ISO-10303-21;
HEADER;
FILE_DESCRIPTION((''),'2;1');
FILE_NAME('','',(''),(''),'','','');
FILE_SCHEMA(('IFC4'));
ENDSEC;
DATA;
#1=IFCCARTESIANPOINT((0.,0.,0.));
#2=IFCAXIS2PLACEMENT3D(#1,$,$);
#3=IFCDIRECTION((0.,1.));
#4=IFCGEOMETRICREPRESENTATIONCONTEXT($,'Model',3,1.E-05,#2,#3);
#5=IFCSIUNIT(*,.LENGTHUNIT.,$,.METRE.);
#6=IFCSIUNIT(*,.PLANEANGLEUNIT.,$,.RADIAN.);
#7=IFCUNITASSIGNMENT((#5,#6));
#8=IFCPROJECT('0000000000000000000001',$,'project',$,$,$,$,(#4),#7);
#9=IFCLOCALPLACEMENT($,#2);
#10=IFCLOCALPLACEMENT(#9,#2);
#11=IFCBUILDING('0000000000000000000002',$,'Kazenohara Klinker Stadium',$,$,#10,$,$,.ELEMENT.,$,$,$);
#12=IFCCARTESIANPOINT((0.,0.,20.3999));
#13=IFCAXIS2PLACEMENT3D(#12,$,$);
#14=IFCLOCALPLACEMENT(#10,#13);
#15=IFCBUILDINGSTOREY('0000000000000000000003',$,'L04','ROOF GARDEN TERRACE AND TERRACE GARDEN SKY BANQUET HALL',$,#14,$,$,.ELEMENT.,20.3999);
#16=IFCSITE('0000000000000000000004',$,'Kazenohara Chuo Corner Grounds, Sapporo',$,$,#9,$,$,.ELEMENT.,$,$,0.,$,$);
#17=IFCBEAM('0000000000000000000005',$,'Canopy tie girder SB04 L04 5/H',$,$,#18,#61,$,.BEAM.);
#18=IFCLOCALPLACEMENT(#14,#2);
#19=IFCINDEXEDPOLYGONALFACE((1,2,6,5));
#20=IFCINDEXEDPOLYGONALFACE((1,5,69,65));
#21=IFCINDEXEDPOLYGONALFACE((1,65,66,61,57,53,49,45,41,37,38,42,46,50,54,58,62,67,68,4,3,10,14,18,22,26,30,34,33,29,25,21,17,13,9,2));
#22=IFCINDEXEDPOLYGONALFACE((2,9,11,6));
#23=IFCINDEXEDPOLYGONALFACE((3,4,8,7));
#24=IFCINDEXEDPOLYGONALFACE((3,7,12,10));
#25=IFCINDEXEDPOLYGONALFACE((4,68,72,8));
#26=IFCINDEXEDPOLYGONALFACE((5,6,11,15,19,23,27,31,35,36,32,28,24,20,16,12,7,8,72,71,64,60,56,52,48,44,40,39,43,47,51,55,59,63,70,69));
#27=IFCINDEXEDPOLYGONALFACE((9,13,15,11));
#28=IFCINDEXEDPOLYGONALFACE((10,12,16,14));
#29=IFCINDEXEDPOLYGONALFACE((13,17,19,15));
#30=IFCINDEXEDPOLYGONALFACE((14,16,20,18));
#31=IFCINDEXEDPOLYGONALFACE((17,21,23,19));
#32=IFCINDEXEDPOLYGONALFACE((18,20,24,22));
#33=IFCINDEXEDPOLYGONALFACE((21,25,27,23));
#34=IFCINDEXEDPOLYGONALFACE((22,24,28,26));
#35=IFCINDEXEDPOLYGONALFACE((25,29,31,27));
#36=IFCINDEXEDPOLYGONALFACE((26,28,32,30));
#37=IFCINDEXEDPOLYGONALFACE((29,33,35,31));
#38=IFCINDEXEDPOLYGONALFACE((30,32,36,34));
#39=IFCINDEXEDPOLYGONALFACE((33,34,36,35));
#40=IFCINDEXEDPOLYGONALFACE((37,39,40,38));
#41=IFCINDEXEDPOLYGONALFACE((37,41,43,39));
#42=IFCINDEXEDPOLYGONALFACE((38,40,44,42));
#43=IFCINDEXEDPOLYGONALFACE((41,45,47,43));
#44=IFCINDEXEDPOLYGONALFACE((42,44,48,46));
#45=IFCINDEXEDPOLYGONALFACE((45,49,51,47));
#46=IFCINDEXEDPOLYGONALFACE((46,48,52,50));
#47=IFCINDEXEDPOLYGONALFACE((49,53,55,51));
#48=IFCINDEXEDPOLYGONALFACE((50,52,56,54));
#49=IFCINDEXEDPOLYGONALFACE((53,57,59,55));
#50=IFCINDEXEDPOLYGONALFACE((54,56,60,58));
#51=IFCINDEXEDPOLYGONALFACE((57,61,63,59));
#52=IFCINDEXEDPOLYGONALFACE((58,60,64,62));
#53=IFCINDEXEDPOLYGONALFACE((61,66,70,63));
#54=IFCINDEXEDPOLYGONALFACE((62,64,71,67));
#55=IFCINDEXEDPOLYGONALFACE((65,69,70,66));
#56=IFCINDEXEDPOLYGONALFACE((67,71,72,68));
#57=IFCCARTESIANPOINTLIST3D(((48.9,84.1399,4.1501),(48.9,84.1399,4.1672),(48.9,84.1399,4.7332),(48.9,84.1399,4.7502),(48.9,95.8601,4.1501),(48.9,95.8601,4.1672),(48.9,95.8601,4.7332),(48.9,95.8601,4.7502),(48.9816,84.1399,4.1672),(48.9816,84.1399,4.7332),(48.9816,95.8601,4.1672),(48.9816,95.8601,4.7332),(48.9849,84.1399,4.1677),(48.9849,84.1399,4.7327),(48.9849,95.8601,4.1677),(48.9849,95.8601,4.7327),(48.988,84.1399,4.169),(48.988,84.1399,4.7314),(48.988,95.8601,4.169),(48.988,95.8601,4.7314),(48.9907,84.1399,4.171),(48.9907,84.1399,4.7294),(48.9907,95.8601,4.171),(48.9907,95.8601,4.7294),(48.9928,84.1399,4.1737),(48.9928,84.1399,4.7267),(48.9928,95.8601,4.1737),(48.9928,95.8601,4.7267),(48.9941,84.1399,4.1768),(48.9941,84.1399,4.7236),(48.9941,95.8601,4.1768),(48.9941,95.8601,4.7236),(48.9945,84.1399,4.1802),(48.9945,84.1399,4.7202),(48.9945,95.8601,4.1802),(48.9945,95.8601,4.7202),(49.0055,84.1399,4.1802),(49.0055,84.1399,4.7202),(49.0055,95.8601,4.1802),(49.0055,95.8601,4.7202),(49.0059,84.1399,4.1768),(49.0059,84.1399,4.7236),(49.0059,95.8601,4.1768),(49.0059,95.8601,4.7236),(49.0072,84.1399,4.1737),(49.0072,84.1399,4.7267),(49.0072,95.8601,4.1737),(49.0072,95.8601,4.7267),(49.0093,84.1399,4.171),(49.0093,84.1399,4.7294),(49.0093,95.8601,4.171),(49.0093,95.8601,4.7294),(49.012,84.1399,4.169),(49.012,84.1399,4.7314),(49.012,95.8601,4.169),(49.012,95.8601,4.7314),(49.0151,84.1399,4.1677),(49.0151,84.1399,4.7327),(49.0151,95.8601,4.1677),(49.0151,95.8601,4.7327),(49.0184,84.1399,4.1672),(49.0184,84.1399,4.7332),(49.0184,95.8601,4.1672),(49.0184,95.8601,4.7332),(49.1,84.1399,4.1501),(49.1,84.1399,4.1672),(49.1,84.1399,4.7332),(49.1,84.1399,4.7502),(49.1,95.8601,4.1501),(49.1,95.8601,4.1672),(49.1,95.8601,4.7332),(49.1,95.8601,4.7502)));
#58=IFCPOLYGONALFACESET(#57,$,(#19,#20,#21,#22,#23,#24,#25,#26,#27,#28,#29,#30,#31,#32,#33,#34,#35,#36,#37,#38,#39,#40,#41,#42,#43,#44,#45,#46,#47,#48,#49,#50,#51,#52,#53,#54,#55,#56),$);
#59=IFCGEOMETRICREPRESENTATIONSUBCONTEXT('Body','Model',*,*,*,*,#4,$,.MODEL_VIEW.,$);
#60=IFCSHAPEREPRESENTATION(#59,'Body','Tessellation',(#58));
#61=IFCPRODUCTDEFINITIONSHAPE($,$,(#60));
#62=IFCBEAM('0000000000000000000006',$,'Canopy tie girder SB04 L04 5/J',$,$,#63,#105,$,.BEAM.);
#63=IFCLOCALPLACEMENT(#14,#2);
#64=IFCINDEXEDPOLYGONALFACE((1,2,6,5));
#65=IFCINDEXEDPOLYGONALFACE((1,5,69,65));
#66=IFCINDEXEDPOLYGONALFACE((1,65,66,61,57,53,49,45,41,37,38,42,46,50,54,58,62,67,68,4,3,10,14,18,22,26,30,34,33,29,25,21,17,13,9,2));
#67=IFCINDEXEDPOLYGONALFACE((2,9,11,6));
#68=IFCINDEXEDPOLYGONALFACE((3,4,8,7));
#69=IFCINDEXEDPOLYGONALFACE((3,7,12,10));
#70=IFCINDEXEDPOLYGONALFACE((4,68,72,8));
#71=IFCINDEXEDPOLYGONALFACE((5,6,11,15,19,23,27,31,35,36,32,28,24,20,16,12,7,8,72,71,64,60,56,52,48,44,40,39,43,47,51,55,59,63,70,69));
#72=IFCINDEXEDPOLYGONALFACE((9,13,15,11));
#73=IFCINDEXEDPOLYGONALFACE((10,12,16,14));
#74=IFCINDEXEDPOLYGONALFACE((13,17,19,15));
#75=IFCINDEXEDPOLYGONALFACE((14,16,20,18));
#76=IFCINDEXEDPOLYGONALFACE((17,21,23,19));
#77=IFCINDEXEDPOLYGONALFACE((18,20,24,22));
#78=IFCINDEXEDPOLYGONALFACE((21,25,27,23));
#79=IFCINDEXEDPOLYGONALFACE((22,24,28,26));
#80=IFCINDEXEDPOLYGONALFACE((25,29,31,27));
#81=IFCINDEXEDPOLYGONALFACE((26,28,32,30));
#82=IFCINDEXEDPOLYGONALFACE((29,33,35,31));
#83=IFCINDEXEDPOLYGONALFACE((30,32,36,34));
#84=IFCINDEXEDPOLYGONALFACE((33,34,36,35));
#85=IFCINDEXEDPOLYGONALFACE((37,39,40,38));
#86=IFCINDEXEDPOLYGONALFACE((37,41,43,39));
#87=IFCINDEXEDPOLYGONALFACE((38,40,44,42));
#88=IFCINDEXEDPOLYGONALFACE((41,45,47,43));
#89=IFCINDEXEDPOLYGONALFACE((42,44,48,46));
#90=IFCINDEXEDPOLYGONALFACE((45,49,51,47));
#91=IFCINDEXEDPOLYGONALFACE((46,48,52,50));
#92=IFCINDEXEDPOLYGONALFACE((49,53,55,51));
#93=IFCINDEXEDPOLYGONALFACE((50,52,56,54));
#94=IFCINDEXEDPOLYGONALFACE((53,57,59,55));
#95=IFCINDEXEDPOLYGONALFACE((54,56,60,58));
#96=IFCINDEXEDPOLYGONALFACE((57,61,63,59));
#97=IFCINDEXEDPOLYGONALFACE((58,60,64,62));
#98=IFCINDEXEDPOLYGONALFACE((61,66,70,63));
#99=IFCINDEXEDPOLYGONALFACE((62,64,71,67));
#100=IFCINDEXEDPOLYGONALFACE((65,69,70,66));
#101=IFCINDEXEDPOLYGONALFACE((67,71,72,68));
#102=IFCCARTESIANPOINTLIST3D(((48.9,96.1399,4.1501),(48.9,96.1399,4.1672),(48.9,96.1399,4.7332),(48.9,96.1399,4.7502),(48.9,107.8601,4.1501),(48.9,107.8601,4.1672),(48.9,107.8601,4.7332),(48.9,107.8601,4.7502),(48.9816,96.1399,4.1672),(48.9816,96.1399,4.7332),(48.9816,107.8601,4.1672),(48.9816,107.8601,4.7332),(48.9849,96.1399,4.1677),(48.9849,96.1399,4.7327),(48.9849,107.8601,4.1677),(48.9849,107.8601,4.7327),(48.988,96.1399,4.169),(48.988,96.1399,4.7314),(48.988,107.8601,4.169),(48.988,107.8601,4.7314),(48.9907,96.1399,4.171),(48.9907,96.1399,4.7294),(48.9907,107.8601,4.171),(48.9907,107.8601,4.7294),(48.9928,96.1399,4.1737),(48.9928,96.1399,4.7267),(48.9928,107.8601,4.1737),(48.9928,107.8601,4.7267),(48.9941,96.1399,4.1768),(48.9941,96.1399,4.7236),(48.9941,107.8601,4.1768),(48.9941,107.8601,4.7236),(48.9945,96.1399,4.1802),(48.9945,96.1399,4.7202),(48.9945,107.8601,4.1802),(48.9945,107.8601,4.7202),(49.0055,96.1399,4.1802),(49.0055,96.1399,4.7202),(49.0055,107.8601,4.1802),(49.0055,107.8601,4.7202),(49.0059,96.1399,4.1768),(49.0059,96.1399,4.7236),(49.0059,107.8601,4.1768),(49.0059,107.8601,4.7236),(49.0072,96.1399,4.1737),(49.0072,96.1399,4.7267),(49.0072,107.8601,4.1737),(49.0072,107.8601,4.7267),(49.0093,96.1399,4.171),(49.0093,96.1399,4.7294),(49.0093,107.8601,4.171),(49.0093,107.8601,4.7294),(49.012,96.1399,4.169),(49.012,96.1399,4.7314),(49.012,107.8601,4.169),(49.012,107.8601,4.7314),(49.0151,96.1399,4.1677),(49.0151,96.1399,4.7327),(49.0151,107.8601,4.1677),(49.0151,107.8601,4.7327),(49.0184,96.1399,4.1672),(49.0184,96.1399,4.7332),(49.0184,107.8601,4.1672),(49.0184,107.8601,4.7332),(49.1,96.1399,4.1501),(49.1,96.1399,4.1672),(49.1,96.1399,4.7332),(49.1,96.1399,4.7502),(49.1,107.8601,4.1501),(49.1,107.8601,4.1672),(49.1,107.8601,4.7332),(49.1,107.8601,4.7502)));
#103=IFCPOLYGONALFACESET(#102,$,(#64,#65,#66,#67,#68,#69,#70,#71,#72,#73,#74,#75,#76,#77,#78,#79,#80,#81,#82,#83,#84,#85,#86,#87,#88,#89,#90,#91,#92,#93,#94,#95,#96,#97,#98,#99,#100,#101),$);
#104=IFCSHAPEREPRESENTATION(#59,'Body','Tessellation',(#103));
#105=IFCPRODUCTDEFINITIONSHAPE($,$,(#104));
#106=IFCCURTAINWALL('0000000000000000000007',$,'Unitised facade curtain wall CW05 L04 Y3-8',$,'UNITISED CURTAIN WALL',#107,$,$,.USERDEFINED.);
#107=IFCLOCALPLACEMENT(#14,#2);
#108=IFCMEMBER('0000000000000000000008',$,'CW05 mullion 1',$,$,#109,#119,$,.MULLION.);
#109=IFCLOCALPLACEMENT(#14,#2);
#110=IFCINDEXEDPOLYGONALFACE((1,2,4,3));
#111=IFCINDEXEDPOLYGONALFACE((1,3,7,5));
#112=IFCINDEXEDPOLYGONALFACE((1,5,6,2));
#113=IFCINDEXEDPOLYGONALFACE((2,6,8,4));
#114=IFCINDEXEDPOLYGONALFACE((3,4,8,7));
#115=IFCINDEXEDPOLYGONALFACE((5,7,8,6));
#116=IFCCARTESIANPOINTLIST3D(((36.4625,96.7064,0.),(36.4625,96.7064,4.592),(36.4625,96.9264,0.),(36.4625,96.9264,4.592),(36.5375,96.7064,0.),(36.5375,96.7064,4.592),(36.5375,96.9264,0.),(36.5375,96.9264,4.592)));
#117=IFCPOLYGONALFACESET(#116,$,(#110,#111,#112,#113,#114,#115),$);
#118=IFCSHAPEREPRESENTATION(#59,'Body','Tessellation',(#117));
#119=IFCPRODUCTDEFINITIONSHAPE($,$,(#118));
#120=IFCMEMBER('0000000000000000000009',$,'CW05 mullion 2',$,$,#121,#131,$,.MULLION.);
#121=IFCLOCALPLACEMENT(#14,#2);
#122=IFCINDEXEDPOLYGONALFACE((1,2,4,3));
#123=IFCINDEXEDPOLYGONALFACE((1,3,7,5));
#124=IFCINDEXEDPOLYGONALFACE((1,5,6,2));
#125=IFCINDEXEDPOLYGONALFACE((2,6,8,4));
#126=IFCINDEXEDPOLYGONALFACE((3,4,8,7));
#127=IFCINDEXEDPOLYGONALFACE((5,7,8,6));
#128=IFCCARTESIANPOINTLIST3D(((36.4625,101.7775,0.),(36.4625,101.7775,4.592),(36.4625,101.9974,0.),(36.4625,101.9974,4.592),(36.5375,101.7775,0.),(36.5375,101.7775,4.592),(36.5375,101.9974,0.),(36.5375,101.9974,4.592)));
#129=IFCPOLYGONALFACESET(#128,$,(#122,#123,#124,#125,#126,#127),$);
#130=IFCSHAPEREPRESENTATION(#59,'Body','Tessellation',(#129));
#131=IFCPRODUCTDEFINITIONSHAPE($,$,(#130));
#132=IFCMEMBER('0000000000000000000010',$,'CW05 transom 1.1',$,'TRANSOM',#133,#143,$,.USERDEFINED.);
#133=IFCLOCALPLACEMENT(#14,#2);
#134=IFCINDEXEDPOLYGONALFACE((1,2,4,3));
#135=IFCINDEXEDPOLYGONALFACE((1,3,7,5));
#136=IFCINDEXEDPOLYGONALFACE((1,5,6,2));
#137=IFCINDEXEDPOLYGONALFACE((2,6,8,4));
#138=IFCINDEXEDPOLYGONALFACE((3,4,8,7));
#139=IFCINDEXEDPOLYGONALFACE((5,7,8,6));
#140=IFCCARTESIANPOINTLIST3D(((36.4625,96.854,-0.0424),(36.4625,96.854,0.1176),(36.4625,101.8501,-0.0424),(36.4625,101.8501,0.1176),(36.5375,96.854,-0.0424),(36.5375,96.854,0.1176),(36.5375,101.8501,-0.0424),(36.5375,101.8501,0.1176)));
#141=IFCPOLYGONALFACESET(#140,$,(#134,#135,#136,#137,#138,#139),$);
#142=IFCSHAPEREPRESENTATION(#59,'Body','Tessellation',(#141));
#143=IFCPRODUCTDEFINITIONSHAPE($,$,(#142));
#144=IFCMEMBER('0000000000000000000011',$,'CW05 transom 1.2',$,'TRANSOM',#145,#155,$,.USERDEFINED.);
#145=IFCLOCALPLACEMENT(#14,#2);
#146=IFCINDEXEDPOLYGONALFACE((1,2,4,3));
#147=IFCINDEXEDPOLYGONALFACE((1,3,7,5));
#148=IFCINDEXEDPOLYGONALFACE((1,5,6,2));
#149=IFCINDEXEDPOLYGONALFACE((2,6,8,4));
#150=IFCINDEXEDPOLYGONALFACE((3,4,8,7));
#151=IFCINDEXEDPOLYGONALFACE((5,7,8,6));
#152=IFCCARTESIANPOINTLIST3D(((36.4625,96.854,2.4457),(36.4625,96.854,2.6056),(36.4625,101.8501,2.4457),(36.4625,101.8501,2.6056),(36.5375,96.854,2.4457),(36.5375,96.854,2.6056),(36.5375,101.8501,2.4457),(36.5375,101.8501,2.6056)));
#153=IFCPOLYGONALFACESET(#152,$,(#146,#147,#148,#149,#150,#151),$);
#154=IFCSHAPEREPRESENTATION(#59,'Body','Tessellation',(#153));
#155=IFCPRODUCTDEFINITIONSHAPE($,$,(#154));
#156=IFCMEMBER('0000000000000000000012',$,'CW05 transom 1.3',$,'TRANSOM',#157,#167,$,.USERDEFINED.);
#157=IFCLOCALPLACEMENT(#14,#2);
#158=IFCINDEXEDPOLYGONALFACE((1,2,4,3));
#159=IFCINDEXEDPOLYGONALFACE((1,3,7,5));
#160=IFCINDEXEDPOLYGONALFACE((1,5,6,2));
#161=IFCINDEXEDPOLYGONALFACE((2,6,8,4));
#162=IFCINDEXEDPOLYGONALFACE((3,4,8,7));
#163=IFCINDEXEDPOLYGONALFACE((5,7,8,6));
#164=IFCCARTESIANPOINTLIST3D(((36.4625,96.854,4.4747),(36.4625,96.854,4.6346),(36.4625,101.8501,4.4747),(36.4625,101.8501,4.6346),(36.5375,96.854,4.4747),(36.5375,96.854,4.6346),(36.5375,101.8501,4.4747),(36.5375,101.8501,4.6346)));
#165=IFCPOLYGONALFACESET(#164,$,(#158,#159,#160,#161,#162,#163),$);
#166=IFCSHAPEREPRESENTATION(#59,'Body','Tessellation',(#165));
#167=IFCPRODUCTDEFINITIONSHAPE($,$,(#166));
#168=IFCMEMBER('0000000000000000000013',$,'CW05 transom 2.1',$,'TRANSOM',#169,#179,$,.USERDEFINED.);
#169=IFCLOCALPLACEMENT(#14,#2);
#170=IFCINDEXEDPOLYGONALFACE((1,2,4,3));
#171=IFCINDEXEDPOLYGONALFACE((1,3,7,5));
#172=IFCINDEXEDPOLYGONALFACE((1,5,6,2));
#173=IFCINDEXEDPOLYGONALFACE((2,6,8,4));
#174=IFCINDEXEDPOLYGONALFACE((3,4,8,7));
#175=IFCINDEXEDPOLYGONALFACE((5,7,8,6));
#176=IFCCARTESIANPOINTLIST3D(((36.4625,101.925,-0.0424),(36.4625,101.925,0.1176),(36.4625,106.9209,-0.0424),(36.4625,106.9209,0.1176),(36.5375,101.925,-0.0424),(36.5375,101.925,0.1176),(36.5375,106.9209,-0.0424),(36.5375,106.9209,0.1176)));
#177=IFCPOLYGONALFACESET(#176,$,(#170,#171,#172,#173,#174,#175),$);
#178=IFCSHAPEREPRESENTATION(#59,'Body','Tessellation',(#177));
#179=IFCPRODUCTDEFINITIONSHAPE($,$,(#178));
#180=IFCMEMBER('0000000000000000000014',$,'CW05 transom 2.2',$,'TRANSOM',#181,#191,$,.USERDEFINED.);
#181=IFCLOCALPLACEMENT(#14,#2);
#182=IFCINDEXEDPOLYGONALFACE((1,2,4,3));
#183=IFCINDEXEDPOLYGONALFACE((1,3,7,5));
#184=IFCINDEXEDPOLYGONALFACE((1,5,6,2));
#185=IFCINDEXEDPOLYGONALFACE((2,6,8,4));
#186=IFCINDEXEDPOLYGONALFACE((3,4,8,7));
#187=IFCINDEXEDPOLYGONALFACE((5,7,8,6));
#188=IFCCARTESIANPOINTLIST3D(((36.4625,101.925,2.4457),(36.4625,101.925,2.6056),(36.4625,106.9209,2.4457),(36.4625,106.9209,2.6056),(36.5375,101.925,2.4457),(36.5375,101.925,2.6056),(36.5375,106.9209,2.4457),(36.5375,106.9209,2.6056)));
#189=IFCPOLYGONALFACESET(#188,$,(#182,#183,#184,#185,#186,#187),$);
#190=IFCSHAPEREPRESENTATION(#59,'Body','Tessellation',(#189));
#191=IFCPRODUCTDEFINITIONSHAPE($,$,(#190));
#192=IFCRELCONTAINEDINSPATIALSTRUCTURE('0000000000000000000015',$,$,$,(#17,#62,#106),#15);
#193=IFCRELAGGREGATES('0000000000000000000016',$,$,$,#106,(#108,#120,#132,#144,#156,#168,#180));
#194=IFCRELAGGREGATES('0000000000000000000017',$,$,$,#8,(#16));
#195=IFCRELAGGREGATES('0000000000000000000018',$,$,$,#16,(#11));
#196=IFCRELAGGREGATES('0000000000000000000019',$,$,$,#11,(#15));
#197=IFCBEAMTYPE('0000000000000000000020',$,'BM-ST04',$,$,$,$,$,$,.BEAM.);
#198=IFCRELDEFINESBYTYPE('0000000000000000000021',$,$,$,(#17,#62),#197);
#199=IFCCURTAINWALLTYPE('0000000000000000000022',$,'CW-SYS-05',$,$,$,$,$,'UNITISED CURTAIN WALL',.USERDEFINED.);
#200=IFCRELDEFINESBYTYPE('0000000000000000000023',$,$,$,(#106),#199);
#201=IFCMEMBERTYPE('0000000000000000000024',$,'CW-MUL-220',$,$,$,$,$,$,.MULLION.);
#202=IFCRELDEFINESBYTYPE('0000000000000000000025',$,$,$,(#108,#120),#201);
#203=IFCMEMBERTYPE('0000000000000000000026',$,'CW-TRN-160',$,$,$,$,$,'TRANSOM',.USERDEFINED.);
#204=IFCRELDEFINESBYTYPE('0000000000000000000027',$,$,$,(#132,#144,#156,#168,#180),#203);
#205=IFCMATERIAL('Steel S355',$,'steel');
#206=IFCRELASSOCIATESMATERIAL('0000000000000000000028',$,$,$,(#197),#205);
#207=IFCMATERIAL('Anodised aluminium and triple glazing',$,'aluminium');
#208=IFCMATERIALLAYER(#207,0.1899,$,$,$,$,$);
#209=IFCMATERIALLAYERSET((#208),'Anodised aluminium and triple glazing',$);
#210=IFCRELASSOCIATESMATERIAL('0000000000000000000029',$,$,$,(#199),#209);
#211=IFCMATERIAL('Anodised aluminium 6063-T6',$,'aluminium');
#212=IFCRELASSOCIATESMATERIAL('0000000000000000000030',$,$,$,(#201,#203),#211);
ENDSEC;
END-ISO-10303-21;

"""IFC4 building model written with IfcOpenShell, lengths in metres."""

from ifc_helpers import new_model, si_unit, direction, frame, origin, origin_2d, place, context, subcontext, project, spatial, rectangle, i_section, extrude, material, layer, layer_set, material_profile, profile_set, type_object, element, aggregate, save


model = new_model("IFC4")

# Units and contexts
model_context = context("Model", 3, precision=1e-05, world=origin(), true_north=direction((0.0, 1.0)))
body_context = subcontext(model_context, "Body", "Model", "MODEL_VIEW")
ifc_project = project(units=[si_unit("LENGTHUNIT", "METRE"), si_unit("PLANEANGLEUNIT", "RADIAN")], contexts=[model_context])

# Site, building, storey
site_placement = place(None, origin())
site = spatial("IfcSite", under=ifc_project, at=site_placement, Name="Kazenohara Chuo Corner Grounds, Sapporo", CompositionType="ELEMENT", RefElevation=0.0)
building_placement = place(site_placement, origin())
building = spatial("IfcBuilding", under=site, at=building_placement, Name="Kazenohara Klinker Stadium", CompositionType="ELEMENT")
storey_placement = place(building_placement, frame((0.0, 0.0, 20.3999)))
storey = spatial("IfcBuildingStorey", under=building, at=storey_placement, Name="L04", Description="ROOF GARDEN TERRACE AND TERRACE GARDEN SKY BANQUET HALL", CompositionType="ELEMENT", Elevation=20.3999)

# Shared definitions
ifc_material_1 = material(Name="Steel S355", Category="steel")

# Beams
ifc_material_profile_1 = material_profile(ifc_material_1, i_section(OverallWidth=0.2, OverallDepth=0.6001, WebThickness=0.011, FlangeThickness=0.0171, FilletRadius=0.0129, at=origin_2d()), Name="H-600x200x11x17")
ifc_profile_set_1 = profile_set([ifc_material_profile_1], Name="Steel S355")
beam_type = type_object("IfcBeamType", Name="BM-ST04", PredefinedType="BEAM", material=ifc_profile_set_1)
for number, where, z_axis, x_axis, name in (
    (1, (49.0, 84.1399, 4.4502), (0.0, 1.0, 0.0), (-1.0, 0.0, 0.0), "Canopy tie girder SB04 L04 5/H"),
    (2, (49.0, 96.1399, 4.4502), (0.0, 1.0, 0.0), (-1.0, 0.0, 0.0), "Canopy tie girder SB04 L04 5/J"),
):
    element("IfcBeam", number, at=place(storey_placement, frame(where, z_axis=z_axis, x_axis=x_axis)), inside=storey, type_object=beam_type, Name=name, PredefinedType="BEAM", context=body_context, shape_type="SweptSolid", body=[
        extrude(i_section(OverallWidth=0.2, OverallDepth=0.6001, WebThickness=0.011, FlangeThickness=0.0171, FilletRadius=0.0129, at=origin_2d()), origin(), (0.0, 0.0, 1.0), 11.7202),
    ])

# Curtain wall, members
ifc_material_2 = material(Name="Anodised aluminium and triple glazing", Category="aluminium")
ifc_layer_1 = layer(ifc_material_2, 0.1899)
ifc_layer_set_1 = layer_set([ifc_layer_1], Name="Anodised aluminium and triple glazing")
curtain_wall_type_1 = type_object("IfcCurtainWallType", Name="CW-SYS-05", ElementType="UNITISED CURTAIN WALL", PredefinedType="USERDEFINED", material=ifc_layer_set_1)
curtain_wall_1_placement = place(storey_placement, origin())
curtain_wall_1 = element("IfcCurtainWall", 3, at=curtain_wall_1_placement, inside=storey, type_object=curtain_wall_type_1, Name="Unitised facade curtain wall CW05 L04 Y3-8", ObjectType="UNITISED CURTAIN WALL", PredefinedType="USERDEFINED")
ifc_material_3 = material(Name="Anodised aluminium 6063-T6", Category="aluminium")
ifc_material_profile_2 = material_profile(ifc_material_3, rectangle(XDim=0.075, YDim=0.22, at=origin_2d()), Name="ALU-MUL-75x220")
ifc_profile_set_2 = profile_set([ifc_material_profile_2], Name="Anodised aluminium 6063-T6")
member_type_1 = type_object("IfcMemberType", Name="CW-MUL-220", PredefinedType="MULLION", material=ifc_profile_set_2)
member_1_placement = place(storey_placement, frame((36.5, 96.8164, 0.0), z_axis=(0.0, 0.0, 1.0), x_axis=(-1.0, 0.0, 0.0)))
member_1 = element("IfcMember", 4, at=member_1_placement, type_object=member_type_1, Name="CW05 mullion 1", PredefinedType="MULLION", context=body_context, shape_type="SweptSolid", body=[
    extrude(rectangle(XDim=0.075, YDim=0.22, at=origin_2d()), origin(), (0.0, 0.0, 1.0), 4.592),
])
member_2_placement = place(storey_placement, frame((36.5, 101.8875, 0.0), z_axis=(0.0, 0.0, 1.0), x_axis=(-1.0, 0.0, 0.0)))
member_2 = element("IfcMember", 5, at=member_2_placement, type_object=member_type_1, Name="CW05 mullion 2", PredefinedType="MULLION", context=body_context, shape_type="SweptSolid", body=[
    extrude(rectangle(XDim=0.075, YDim=0.22, at=origin_2d()), origin(), (0.0, 0.0, 1.0), 4.592),
])
ifc_material_profile_3 = material_profile(ifc_material_3, rectangle(XDim=0.075, YDim=0.1599, at=origin_2d()), Name="ALU-TRN-75x160")
ifc_profile_set_3 = profile_set([ifc_material_profile_3], Name="Anodised aluminium 6063-T6")
member_type_2 = type_object("IfcMemberType", Name="CW-TRN-160", ElementType="TRANSOM", PredefinedType="USERDEFINED", material=ifc_profile_set_3)
member_3_placement = place(storey_placement, frame((36.5, 96.854, 0.0376), z_axis=(0.0, 1.0, 0.0), x_axis=(-1.0, 0.0, 0.0)))
member_3 = element("IfcMember", 6, at=member_3_placement, type_object=member_type_2, Name="CW05 transom 1.1", ObjectType="TRANSOM", PredefinedType="USERDEFINED", context=body_context, shape_type="SweptSolid", body=[
    extrude(rectangle(XDim=0.075, YDim=0.1599, at=origin_2d()), origin(), (0.0, 0.0, 1.0), 4.9961),
])
member_4_placement = place(storey_placement, frame((36.5, 96.854, 2.5256), z_axis=(0.0, 1.0, 0.0), x_axis=(-1.0, 0.0, 0.0)))
member_4 = element("IfcMember", 7, at=member_4_placement, type_object=member_type_2, Name="CW05 transom 1.2", ObjectType="TRANSOM", PredefinedType="USERDEFINED", context=body_context, shape_type="SweptSolid", body=[
    extrude(rectangle(XDim=0.075, YDim=0.1599, at=origin_2d()), origin(), (0.0, 0.0, 1.0), 4.9961),
])
member_5_placement = place(storey_placement, frame((36.5, 96.854, 4.5547), z_axis=(0.0, 1.0, 0.0), x_axis=(-1.0, 0.0, 0.0)))
member_5 = element("IfcMember", 8, at=member_5_placement, type_object=member_type_2, Name="CW05 transom 1.3", ObjectType="TRANSOM", PredefinedType="USERDEFINED", context=body_context, shape_type="SweptSolid", body=[
    extrude(rectangle(XDim=0.075, YDim=0.1599, at=origin_2d()), origin(), (0.0, 0.0, 1.0), 4.9961),
])
member_6_placement = place(storey_placement, frame((36.5, 101.925, 0.0376), z_axis=(0.0, 1.0, 0.0), x_axis=(-1.0, 0.0, 0.0)))
member_6 = element("IfcMember", 9, at=member_6_placement, type_object=member_type_2, Name="CW05 transom 2.1", ObjectType="TRANSOM", PredefinedType="USERDEFINED", context=body_context, shape_type="SweptSolid", body=[
    extrude(rectangle(XDim=0.075, YDim=0.1599, at=origin_2d()), origin(), (0.0, 0.0, 1.0), 4.9958),
])
member_7_placement = place(storey_placement, frame((36.5, 101.925, 2.5256), z_axis=(0.0, 1.0, 0.0), x_axis=(-1.0, 0.0, 0.0)))
member_7 = element("IfcMember", 10, at=member_7_placement, type_object=member_type_2, Name="CW05 transom 2.2", ObjectType="TRANSOM", PredefinedType="USERDEFINED", context=body_context, shape_type="SweptSolid", body=[
    extrude(rectangle(XDim=0.075, YDim=0.1599, at=origin_2d()), origin(), (0.0, 0.0, 1.0), 4.9958),
])

aggregate(curtain_wall_1, [member_1, member_2, member_3, member_4, member_5, member_6, member_7])

save(model, "model.ifc")
